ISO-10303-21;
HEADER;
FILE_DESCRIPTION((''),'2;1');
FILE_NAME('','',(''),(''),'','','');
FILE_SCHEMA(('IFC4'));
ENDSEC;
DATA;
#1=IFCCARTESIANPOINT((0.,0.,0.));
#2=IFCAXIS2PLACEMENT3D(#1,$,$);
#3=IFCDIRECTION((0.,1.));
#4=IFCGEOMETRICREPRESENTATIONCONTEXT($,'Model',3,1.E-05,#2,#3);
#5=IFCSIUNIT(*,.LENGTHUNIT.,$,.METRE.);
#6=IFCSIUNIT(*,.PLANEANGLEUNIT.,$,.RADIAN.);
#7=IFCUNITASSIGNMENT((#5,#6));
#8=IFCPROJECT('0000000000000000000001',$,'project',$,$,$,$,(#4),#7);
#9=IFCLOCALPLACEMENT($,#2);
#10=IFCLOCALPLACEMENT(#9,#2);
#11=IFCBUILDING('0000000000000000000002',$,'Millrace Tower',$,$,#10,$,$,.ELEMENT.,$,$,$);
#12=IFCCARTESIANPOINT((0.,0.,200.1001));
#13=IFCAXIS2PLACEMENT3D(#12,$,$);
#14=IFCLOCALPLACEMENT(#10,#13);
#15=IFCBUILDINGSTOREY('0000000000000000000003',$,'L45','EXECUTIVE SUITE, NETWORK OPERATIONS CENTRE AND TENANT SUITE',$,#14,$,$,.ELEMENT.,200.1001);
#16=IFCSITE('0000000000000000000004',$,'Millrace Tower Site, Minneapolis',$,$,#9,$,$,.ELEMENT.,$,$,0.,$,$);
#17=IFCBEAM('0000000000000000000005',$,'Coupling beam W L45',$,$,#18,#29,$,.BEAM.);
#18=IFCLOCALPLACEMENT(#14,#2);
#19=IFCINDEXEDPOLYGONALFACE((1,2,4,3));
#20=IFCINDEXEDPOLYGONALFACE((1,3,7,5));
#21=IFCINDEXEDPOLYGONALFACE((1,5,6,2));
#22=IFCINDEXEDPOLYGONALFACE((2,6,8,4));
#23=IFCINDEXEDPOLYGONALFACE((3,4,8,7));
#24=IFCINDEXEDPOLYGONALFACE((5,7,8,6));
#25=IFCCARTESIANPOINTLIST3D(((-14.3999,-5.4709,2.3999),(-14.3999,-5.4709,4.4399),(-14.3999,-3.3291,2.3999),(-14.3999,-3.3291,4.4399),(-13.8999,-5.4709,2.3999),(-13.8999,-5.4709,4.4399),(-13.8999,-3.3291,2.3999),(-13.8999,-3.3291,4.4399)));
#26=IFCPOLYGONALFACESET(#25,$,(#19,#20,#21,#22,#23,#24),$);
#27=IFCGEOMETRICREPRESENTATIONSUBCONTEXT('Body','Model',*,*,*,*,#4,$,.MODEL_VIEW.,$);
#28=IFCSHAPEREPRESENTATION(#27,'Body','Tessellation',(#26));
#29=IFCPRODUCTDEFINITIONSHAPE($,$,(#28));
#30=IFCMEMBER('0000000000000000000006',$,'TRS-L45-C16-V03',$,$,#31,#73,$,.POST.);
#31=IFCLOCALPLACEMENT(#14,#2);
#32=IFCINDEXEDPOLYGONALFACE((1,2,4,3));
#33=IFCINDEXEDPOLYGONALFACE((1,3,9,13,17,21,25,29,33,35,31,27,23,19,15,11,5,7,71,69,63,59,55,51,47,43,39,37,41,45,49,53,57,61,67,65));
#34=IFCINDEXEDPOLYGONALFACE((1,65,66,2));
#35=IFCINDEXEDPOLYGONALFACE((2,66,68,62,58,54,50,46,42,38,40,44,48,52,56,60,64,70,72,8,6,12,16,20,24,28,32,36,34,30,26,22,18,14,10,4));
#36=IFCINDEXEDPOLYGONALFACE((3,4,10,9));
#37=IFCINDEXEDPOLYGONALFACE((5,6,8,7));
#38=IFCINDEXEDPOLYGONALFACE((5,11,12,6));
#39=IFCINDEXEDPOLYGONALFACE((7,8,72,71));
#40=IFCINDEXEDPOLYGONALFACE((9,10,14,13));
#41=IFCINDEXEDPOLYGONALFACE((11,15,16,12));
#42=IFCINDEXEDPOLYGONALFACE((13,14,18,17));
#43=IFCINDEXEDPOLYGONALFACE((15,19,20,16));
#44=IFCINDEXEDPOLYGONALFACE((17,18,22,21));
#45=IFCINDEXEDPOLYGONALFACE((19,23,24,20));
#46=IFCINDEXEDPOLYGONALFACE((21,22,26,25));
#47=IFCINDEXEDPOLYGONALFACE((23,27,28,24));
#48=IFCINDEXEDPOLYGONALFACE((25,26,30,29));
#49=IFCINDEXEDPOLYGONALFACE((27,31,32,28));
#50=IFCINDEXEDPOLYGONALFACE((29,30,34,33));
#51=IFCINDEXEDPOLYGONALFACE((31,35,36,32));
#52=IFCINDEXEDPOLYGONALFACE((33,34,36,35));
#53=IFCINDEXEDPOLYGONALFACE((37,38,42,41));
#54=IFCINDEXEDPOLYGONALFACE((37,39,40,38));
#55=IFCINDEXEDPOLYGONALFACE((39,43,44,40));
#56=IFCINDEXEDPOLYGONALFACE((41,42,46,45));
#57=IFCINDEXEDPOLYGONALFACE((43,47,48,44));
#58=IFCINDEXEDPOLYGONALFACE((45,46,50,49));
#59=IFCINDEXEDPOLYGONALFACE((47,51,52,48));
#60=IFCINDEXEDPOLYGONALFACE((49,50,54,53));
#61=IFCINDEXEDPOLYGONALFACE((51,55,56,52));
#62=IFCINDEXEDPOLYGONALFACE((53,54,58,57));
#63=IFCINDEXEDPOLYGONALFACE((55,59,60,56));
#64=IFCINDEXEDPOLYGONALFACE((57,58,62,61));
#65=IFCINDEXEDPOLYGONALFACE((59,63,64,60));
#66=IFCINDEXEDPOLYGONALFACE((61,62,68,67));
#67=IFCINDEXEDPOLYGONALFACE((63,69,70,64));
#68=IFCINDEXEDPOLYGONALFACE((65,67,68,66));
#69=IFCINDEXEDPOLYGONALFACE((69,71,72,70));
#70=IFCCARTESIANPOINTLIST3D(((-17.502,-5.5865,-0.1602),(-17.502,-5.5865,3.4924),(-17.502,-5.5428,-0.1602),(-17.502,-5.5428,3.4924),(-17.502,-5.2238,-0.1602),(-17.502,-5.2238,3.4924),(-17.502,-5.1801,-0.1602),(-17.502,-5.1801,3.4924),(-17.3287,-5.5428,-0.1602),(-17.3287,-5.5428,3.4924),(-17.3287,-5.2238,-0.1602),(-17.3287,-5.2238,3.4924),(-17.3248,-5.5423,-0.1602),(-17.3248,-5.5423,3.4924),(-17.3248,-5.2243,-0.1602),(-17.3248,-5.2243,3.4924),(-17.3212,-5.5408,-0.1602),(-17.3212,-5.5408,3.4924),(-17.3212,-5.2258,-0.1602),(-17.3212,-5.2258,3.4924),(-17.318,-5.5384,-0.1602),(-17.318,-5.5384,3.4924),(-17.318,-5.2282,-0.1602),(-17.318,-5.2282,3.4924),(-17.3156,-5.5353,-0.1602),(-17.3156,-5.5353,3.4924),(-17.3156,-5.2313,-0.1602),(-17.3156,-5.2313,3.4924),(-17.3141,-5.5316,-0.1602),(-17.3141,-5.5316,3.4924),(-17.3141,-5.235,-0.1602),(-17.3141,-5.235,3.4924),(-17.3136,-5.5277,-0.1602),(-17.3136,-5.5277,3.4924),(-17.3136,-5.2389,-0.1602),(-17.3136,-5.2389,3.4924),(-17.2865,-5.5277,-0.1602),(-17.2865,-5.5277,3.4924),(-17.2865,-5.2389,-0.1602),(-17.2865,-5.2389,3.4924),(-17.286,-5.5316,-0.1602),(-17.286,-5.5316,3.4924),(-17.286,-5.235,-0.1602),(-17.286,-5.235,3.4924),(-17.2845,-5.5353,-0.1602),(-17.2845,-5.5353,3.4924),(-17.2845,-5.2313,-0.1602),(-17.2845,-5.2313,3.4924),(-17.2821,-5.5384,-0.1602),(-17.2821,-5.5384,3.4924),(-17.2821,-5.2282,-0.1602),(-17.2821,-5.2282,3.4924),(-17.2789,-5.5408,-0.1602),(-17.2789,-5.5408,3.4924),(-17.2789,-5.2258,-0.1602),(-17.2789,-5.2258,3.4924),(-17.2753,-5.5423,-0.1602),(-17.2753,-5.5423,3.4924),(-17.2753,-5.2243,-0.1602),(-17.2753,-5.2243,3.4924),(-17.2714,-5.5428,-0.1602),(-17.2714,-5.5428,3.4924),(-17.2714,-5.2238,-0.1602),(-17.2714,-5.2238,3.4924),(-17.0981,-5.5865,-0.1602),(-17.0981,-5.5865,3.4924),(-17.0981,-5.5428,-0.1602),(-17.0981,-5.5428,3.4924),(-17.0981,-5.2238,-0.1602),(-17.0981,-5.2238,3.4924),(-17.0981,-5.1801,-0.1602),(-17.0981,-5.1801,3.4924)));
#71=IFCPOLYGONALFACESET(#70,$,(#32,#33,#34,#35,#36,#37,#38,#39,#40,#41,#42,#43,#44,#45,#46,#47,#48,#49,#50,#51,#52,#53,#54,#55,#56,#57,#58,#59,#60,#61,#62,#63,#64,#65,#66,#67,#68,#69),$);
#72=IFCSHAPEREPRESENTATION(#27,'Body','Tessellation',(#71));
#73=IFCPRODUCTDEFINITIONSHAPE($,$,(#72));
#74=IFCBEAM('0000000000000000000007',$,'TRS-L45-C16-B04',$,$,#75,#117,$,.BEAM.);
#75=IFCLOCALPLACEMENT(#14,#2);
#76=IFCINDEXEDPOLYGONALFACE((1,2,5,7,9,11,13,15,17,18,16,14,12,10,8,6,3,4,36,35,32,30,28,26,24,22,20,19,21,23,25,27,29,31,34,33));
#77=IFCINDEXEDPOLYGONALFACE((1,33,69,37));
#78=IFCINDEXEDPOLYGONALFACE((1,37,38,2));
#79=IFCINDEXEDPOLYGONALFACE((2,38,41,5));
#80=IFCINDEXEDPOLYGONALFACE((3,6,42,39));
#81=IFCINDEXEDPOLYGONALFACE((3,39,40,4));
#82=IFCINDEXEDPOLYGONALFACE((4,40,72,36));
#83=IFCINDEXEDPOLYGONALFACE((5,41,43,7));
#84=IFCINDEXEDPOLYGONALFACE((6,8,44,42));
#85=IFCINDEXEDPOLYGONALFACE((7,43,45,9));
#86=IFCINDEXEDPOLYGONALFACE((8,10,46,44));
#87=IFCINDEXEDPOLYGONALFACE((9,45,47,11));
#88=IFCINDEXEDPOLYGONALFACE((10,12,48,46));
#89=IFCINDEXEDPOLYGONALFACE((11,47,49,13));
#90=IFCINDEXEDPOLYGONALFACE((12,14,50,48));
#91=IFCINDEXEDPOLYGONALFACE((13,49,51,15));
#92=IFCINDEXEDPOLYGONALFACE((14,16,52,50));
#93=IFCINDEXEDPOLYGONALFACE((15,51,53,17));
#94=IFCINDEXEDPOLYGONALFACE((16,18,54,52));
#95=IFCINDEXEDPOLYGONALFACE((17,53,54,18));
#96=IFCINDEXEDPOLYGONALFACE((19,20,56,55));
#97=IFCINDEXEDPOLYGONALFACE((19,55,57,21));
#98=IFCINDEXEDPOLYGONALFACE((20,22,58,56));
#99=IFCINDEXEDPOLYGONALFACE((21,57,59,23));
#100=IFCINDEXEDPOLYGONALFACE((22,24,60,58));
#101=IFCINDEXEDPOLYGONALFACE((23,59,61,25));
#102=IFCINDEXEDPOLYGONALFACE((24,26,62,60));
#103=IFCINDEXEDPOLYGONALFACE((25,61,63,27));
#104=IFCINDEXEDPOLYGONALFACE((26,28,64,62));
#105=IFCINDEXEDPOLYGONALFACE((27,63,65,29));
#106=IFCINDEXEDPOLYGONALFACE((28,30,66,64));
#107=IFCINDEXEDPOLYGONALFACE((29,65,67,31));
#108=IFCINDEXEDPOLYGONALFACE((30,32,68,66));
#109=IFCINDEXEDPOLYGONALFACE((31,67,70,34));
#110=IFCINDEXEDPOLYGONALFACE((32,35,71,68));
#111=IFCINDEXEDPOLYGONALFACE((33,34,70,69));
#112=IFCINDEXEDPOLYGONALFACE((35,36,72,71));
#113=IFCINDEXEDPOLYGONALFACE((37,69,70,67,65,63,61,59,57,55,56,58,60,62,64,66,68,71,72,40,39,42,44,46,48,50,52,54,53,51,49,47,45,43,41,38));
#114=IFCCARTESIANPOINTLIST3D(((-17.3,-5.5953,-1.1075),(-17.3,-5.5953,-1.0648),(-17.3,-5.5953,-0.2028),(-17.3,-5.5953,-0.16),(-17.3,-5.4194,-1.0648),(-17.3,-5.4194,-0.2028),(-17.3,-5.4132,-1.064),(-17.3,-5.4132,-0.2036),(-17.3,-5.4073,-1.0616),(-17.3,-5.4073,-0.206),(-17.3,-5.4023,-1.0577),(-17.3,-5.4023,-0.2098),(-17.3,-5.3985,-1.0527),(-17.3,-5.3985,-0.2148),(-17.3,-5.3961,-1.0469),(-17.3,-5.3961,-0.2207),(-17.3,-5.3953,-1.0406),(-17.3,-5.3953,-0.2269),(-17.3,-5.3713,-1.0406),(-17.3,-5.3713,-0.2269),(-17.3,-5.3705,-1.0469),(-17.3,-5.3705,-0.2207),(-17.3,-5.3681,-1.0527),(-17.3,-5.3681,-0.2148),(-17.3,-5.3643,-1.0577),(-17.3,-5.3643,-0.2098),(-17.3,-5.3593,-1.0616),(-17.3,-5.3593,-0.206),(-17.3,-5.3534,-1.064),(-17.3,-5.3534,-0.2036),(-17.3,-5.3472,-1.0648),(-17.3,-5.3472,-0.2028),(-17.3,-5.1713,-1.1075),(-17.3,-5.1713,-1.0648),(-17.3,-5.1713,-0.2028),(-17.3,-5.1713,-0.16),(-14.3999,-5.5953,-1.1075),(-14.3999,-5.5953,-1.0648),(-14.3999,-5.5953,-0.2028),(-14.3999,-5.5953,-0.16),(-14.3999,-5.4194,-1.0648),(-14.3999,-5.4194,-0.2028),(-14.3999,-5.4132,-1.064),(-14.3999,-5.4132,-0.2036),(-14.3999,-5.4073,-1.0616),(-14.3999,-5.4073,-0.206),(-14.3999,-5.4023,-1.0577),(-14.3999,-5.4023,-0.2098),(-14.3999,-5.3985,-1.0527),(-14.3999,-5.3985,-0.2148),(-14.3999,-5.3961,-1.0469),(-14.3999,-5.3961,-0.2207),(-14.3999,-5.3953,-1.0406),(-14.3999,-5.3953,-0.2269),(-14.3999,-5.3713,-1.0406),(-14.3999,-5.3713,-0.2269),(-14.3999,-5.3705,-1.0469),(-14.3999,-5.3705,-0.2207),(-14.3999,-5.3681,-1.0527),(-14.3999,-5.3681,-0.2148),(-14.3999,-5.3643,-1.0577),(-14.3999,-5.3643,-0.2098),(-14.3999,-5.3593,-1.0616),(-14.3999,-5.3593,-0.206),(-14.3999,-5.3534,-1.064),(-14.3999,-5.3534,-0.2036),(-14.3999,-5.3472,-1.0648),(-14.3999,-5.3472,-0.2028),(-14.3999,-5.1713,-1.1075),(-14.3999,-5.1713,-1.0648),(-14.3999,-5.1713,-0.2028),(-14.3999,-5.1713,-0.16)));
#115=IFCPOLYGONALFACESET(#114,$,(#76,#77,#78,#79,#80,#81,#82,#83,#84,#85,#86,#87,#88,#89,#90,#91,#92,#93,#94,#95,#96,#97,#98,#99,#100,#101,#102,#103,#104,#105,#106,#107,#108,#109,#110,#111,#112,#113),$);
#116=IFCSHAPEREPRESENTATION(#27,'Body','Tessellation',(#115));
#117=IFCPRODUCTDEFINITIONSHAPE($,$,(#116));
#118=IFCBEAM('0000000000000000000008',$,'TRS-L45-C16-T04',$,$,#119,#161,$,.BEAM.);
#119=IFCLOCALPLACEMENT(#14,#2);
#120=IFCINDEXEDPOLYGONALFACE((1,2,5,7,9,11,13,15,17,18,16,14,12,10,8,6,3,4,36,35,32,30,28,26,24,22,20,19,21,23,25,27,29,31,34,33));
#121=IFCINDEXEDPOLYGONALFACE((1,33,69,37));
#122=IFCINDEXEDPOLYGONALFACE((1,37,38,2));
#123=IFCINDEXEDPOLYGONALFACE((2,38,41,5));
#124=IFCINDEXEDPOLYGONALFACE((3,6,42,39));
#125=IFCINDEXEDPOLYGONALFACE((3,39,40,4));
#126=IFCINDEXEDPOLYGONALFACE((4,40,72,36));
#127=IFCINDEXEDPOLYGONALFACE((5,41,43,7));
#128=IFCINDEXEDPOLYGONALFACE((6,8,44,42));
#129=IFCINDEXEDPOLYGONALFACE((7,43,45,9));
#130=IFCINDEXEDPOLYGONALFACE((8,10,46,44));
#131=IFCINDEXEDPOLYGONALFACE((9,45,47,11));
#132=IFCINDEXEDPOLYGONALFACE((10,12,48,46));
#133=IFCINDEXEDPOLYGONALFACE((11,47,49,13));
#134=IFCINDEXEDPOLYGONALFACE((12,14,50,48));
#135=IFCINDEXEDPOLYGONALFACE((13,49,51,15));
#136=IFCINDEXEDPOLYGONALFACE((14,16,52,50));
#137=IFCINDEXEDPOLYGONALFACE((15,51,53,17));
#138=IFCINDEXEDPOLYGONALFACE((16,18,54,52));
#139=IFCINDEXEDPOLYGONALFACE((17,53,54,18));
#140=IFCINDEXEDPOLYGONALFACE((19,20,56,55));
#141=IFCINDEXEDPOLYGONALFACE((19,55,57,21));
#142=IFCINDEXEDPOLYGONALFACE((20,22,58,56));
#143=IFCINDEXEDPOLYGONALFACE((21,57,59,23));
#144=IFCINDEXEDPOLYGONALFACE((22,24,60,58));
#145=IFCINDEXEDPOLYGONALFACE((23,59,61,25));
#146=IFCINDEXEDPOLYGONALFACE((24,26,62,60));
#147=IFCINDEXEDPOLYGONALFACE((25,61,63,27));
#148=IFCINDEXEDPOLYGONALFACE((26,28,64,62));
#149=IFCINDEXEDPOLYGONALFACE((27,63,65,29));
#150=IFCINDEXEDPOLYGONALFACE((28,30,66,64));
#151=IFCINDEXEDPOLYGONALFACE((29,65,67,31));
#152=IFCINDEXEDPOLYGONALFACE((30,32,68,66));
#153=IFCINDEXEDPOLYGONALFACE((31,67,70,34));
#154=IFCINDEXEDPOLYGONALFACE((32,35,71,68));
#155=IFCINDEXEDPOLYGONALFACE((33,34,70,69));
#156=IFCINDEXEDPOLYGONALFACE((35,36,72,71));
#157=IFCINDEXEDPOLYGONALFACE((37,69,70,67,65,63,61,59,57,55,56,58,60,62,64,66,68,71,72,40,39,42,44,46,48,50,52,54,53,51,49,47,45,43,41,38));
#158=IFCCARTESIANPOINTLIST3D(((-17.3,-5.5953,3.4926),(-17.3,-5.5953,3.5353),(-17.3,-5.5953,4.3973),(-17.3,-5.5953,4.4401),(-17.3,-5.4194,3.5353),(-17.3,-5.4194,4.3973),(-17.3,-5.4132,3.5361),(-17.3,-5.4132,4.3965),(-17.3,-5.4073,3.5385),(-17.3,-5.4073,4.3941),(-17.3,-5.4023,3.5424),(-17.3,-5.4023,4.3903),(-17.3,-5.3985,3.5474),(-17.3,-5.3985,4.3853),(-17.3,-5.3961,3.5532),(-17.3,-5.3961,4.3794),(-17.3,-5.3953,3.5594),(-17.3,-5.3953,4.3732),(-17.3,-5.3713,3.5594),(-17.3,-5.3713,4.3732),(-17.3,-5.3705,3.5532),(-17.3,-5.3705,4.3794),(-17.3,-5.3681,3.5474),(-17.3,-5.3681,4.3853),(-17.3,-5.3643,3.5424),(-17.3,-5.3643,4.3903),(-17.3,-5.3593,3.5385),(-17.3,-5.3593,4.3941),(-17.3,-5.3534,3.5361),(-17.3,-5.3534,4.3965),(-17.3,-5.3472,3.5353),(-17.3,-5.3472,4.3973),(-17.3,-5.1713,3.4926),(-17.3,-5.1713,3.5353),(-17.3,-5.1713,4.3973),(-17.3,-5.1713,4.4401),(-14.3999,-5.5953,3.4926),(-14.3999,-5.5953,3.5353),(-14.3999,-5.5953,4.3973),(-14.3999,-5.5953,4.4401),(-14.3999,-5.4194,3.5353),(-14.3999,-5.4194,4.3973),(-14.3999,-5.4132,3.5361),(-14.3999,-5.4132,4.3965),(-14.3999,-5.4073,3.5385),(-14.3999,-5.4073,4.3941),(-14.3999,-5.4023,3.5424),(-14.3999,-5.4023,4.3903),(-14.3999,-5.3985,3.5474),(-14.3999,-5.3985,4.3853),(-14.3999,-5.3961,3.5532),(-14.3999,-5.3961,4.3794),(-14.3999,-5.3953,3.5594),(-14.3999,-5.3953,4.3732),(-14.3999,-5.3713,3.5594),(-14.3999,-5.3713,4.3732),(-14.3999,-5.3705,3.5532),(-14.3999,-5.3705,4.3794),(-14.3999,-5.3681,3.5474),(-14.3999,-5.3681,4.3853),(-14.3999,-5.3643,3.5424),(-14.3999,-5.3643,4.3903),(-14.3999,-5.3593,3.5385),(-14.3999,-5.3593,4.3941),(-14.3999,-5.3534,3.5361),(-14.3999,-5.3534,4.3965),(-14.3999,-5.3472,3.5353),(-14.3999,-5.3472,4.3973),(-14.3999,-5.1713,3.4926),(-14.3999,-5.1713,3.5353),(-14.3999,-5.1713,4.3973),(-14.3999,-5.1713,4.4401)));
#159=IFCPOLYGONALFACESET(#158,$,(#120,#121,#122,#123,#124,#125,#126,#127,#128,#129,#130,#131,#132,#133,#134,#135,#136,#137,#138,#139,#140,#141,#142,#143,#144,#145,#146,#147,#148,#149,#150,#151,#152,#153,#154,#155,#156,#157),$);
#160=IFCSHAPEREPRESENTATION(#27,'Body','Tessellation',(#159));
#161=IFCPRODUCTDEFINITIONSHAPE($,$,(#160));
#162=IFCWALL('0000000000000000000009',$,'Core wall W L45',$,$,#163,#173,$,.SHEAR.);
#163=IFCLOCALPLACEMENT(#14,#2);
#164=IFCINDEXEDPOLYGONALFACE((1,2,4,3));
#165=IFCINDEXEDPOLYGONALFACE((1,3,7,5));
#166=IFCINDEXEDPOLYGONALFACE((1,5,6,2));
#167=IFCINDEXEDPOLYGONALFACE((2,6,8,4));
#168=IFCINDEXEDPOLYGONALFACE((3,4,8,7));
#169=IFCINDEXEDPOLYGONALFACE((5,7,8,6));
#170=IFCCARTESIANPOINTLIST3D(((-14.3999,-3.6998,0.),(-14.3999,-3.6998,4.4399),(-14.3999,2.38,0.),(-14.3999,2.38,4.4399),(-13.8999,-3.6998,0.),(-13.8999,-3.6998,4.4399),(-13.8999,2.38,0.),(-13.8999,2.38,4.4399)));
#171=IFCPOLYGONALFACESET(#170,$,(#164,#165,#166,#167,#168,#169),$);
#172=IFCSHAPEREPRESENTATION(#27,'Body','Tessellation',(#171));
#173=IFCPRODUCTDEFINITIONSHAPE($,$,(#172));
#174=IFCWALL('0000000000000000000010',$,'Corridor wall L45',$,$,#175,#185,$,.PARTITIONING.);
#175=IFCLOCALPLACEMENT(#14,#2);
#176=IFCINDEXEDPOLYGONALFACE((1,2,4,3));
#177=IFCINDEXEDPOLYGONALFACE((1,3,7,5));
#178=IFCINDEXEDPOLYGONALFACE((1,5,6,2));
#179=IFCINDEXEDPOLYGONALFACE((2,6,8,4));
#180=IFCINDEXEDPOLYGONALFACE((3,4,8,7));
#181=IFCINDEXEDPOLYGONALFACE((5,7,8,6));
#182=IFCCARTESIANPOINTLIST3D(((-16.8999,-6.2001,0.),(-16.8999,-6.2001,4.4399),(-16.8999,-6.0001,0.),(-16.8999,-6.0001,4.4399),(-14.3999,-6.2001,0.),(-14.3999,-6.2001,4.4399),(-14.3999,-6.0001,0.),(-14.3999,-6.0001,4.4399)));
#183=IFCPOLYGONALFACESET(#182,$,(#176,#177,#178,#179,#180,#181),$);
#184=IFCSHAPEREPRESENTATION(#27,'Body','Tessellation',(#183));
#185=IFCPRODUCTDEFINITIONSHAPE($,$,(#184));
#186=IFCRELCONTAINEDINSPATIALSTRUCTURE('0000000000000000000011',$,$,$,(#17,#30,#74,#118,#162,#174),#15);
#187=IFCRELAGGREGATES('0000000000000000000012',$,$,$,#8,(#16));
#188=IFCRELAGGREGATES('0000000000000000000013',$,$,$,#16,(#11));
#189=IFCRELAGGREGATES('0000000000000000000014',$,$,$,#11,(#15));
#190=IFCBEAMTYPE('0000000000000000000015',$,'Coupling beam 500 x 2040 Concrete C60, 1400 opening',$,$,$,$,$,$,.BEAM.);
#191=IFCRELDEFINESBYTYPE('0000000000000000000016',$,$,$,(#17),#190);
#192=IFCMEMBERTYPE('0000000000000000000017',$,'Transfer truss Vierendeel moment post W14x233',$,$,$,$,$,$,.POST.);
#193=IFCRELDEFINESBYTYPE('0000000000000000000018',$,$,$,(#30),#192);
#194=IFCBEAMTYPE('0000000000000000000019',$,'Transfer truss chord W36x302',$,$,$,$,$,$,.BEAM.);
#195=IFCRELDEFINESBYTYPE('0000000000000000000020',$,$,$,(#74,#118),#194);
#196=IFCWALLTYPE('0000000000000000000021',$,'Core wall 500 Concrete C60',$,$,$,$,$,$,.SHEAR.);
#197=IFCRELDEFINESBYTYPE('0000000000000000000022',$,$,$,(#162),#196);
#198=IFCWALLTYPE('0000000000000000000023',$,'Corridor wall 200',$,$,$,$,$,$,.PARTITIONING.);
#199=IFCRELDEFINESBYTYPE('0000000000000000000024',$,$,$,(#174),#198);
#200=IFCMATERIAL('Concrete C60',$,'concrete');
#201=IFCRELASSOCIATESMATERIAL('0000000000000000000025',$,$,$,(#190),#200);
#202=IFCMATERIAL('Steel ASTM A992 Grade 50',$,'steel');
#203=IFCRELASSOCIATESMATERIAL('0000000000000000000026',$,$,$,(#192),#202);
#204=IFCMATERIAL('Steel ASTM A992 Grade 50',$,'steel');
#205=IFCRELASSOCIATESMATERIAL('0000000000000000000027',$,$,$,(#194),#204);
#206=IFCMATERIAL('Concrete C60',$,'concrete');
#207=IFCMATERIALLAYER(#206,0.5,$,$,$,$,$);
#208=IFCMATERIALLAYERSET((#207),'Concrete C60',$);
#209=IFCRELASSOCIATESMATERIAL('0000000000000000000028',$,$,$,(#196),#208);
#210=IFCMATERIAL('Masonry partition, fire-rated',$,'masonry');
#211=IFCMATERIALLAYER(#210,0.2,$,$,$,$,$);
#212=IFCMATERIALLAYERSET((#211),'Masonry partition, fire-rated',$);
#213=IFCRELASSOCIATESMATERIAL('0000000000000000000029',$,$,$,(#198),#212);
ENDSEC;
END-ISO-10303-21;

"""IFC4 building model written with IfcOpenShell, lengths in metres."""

from ifc_helpers import new_model, si_unit, direction, frame, frame_2d, origin, origin_2d, place, context, subcontext, project, spatial, rectangle, i_section, extrude, material, layer, layer_set, material_profile, profile_set, type_object, element, save


model = new_model("IFC4")

# Units and contexts
model_context = context("Model", 3, precision=1e-05, world=origin(), true_north=direction((0.0, 1.0)))
body_context = subcontext(model_context, "Body", "Model", "MODEL_VIEW")
ifc_project = project(units=[si_unit("LENGTHUNIT", "METRE"), si_unit("PLANEANGLEUNIT", "RADIAN")], contexts=[model_context])

# Site, building, storey
site_placement = place(None, origin())
site = spatial("IfcSite", under=ifc_project, at=site_placement, Name="Millrace Tower Site, Minneapolis", CompositionType="ELEMENT", RefElevation=0.0)
building_placement = place(site_placement, origin())
building = spatial("IfcBuilding", under=site, at=building_placement, Name="Millrace Tower", CompositionType="ELEMENT")
storey_placement = place(building_placement, frame((0.0, 0.0, 200.1001)))
storey = spatial("IfcBuildingStorey", under=building, at=storey_placement, Name="L45", Description="EXECUTIVE SUITE, NETWORK OPERATIONS CENTRE AND TENANT SUITE", CompositionType="ELEMENT", Elevation=200.1001)

# Beam
ifc_material_1 = material(Name="Concrete C60", Category="concrete")
ifc_material_profile_1 = material_profile(ifc_material_1, rectangle(XDim=0.5, YDim=2.04, at=origin_2d()))
ifc_profile_set_1 = profile_set([ifc_material_profile_1], Name="Concrete C60")
beam_type_1 = type_object("IfcBeamType", Name="Coupling beam 500 x 2040 Concrete C60, 1400 opening", PredefinedType="BEAM", material=ifc_profile_set_1)
beam_placement = place(storey_placement, frame((-14.1499, -5.4709, 3.4199), z_axis=(0.0, 1.0, 0.0), x_axis=(-1.0, 0.0, 0.0)))
element("IfcBeam", 1, at=beam_placement, inside=storey, type_object=beam_type_1, Name="Coupling beam W L45", PredefinedType="BEAM", context=body_context, shape_type="SweptSolid", body=[
    extrude(rectangle(XDim=0.5, YDim=2.04, at=origin_2d()), origin(), (0.0, 0.0, 1.0), 2.1418),
])

# Member
ifc_material_2 = material(Name="Steel ASTM A992 Grade 50", Category="steel")
ifc_material_profile_2 = material_profile(ifc_material_2, i_section(OverallWidth=0.4038, OverallDepth=0.4065, WebThickness=0.0271, FlangeThickness=0.0437, FilletRadius=0.0151, at=origin_2d()))
ifc_profile_set_2 = profile_set([ifc_material_profile_2], Name="Steel ASTM A992 Grade 50")
member_type = type_object("IfcMemberType", Name="Transfer truss Vierendeel moment post W14x233", PredefinedType="POST", material=ifc_profile_set_2)
member_placement = place(storey_placement, frame((-17.3, -5.3833, -0.1602), z_axis=(0.0, 0.0, 1.0), x_axis=(1.0, 0.0, 0.0)))
element("IfcMember", 2, at=member_placement, inside=storey, type_object=member_type, Name="TRS-L45-C16-V03", PredefinedType="POST", context=body_context, shape_type="SweptSolid", body=[
    extrude(i_section(OverallWidth=0.4038, OverallDepth=0.4065, WebThickness=0.0271, FlangeThickness=0.0437, FilletRadius=0.0151, at=origin_2d()), origin(), (0.0, 0.0, 1.0), 3.6526),
])

# Beams
ifc_material_3 = material(Name="Steel ASTM A992 Grade 50", Category="steel")
ifc_material_profile_3 = material_profile(ifc_material_3, i_section(OverallWidth=0.4241, OverallDepth=0.9475, WebThickness=0.0239, FlangeThickness=0.0427, FilletRadius=0.0242, at=origin_2d()))
ifc_profile_set_3 = profile_set([ifc_material_profile_3], Name="Steel ASTM A992 Grade 50")
beam_type_2 = type_object("IfcBeamType", Name="Transfer truss chord W36x302", PredefinedType="BEAM", material=ifc_profile_set_3)
for number, where, z_axis, x_axis, name in (
    (3, (-17.3, -5.3833, -0.6338), (1.0, 0.0, 0.0), (0.0, 1.0, 0.0), "TRS-L45-C16-B04"),
    (4, (-17.3, -5.3833, 3.9663), (1.0, 0.0, 0.0), (0.0, 1.0, 0.0), "TRS-L45-C16-T04"),
):
    element("IfcBeam", number, at=place(storey_placement, frame(where, z_axis=z_axis, x_axis=x_axis)), inside=storey, type_object=beam_type_2, Name=name, PredefinedType="BEAM", context=body_context, shape_type="SweptSolid", body=[
        extrude(i_section(OverallWidth=0.4241, OverallDepth=0.9475, WebThickness=0.0239, FlangeThickness=0.0427, FilletRadius=0.0242, at=origin_2d()), origin(), (0.0, 0.0, 1.0), 2.9001),
    ])

# Walls
ifc_material_4 = material(Name="Concrete C60", Category="concrete")
ifc_layer_1 = layer(ifc_material_4, 0.5)
ifc_layer_set_1 = layer_set([ifc_layer_1], Name="Concrete C60")
wall_type_1 = type_object("IfcWallType", Name="Core wall 500 Concrete C60", PredefinedType="SHEAR", material=ifc_layer_set_1)
wall_1_placement = place(storey_placement, frame((-14.1499, -3.7, 0.0), z_axis=(0.0, 0.0, 1.0), x_axis=(0.0, 1.0, 0.0)))
element("IfcWall", 5, at=wall_1_placement, inside=storey, type_object=wall_type_1, Name="Core wall W L45", PredefinedType="SHEAR", context=body_context, shape_type="SweptSolid", body=[
    extrude(rectangle(XDim=6.0798, YDim=0.5, at=frame_2d((3.04, 0.0))), origin(), (0.0, 0.0, 1.0), 4.4399),
])
ifc_material_5 = material(Name="Masonry partition, fire-rated", Category="masonry")
ifc_layer_2 = layer(ifc_material_5, 0.2)
ifc_layer_set_2 = layer_set([ifc_layer_2], Name="Masonry partition, fire-rated")
wall_type_2 = type_object("IfcWallType", Name="Corridor wall 200", PredefinedType="PARTITIONING", material=ifc_layer_set_2)
wall_2_placement = place(storey_placement, frame((-16.8999, -6.1001, 0.0), z_axis=(0.0, 0.0, 1.0), x_axis=(1.0, 0.0, 0.0)))
element("IfcWall", 6, at=wall_2_placement, inside=storey, type_object=wall_type_2, Name="Corridor wall L45", PredefinedType="PARTITIONING", context=body_context, shape_type="SweptSolid", body=[
    extrude(rectangle(XDim=2.5, YDim=0.2, at=frame_2d((1.25, 0.0))), origin(), (0.0, 0.0, 1.0), 4.4399),
])

save(model, "model.ifc")
